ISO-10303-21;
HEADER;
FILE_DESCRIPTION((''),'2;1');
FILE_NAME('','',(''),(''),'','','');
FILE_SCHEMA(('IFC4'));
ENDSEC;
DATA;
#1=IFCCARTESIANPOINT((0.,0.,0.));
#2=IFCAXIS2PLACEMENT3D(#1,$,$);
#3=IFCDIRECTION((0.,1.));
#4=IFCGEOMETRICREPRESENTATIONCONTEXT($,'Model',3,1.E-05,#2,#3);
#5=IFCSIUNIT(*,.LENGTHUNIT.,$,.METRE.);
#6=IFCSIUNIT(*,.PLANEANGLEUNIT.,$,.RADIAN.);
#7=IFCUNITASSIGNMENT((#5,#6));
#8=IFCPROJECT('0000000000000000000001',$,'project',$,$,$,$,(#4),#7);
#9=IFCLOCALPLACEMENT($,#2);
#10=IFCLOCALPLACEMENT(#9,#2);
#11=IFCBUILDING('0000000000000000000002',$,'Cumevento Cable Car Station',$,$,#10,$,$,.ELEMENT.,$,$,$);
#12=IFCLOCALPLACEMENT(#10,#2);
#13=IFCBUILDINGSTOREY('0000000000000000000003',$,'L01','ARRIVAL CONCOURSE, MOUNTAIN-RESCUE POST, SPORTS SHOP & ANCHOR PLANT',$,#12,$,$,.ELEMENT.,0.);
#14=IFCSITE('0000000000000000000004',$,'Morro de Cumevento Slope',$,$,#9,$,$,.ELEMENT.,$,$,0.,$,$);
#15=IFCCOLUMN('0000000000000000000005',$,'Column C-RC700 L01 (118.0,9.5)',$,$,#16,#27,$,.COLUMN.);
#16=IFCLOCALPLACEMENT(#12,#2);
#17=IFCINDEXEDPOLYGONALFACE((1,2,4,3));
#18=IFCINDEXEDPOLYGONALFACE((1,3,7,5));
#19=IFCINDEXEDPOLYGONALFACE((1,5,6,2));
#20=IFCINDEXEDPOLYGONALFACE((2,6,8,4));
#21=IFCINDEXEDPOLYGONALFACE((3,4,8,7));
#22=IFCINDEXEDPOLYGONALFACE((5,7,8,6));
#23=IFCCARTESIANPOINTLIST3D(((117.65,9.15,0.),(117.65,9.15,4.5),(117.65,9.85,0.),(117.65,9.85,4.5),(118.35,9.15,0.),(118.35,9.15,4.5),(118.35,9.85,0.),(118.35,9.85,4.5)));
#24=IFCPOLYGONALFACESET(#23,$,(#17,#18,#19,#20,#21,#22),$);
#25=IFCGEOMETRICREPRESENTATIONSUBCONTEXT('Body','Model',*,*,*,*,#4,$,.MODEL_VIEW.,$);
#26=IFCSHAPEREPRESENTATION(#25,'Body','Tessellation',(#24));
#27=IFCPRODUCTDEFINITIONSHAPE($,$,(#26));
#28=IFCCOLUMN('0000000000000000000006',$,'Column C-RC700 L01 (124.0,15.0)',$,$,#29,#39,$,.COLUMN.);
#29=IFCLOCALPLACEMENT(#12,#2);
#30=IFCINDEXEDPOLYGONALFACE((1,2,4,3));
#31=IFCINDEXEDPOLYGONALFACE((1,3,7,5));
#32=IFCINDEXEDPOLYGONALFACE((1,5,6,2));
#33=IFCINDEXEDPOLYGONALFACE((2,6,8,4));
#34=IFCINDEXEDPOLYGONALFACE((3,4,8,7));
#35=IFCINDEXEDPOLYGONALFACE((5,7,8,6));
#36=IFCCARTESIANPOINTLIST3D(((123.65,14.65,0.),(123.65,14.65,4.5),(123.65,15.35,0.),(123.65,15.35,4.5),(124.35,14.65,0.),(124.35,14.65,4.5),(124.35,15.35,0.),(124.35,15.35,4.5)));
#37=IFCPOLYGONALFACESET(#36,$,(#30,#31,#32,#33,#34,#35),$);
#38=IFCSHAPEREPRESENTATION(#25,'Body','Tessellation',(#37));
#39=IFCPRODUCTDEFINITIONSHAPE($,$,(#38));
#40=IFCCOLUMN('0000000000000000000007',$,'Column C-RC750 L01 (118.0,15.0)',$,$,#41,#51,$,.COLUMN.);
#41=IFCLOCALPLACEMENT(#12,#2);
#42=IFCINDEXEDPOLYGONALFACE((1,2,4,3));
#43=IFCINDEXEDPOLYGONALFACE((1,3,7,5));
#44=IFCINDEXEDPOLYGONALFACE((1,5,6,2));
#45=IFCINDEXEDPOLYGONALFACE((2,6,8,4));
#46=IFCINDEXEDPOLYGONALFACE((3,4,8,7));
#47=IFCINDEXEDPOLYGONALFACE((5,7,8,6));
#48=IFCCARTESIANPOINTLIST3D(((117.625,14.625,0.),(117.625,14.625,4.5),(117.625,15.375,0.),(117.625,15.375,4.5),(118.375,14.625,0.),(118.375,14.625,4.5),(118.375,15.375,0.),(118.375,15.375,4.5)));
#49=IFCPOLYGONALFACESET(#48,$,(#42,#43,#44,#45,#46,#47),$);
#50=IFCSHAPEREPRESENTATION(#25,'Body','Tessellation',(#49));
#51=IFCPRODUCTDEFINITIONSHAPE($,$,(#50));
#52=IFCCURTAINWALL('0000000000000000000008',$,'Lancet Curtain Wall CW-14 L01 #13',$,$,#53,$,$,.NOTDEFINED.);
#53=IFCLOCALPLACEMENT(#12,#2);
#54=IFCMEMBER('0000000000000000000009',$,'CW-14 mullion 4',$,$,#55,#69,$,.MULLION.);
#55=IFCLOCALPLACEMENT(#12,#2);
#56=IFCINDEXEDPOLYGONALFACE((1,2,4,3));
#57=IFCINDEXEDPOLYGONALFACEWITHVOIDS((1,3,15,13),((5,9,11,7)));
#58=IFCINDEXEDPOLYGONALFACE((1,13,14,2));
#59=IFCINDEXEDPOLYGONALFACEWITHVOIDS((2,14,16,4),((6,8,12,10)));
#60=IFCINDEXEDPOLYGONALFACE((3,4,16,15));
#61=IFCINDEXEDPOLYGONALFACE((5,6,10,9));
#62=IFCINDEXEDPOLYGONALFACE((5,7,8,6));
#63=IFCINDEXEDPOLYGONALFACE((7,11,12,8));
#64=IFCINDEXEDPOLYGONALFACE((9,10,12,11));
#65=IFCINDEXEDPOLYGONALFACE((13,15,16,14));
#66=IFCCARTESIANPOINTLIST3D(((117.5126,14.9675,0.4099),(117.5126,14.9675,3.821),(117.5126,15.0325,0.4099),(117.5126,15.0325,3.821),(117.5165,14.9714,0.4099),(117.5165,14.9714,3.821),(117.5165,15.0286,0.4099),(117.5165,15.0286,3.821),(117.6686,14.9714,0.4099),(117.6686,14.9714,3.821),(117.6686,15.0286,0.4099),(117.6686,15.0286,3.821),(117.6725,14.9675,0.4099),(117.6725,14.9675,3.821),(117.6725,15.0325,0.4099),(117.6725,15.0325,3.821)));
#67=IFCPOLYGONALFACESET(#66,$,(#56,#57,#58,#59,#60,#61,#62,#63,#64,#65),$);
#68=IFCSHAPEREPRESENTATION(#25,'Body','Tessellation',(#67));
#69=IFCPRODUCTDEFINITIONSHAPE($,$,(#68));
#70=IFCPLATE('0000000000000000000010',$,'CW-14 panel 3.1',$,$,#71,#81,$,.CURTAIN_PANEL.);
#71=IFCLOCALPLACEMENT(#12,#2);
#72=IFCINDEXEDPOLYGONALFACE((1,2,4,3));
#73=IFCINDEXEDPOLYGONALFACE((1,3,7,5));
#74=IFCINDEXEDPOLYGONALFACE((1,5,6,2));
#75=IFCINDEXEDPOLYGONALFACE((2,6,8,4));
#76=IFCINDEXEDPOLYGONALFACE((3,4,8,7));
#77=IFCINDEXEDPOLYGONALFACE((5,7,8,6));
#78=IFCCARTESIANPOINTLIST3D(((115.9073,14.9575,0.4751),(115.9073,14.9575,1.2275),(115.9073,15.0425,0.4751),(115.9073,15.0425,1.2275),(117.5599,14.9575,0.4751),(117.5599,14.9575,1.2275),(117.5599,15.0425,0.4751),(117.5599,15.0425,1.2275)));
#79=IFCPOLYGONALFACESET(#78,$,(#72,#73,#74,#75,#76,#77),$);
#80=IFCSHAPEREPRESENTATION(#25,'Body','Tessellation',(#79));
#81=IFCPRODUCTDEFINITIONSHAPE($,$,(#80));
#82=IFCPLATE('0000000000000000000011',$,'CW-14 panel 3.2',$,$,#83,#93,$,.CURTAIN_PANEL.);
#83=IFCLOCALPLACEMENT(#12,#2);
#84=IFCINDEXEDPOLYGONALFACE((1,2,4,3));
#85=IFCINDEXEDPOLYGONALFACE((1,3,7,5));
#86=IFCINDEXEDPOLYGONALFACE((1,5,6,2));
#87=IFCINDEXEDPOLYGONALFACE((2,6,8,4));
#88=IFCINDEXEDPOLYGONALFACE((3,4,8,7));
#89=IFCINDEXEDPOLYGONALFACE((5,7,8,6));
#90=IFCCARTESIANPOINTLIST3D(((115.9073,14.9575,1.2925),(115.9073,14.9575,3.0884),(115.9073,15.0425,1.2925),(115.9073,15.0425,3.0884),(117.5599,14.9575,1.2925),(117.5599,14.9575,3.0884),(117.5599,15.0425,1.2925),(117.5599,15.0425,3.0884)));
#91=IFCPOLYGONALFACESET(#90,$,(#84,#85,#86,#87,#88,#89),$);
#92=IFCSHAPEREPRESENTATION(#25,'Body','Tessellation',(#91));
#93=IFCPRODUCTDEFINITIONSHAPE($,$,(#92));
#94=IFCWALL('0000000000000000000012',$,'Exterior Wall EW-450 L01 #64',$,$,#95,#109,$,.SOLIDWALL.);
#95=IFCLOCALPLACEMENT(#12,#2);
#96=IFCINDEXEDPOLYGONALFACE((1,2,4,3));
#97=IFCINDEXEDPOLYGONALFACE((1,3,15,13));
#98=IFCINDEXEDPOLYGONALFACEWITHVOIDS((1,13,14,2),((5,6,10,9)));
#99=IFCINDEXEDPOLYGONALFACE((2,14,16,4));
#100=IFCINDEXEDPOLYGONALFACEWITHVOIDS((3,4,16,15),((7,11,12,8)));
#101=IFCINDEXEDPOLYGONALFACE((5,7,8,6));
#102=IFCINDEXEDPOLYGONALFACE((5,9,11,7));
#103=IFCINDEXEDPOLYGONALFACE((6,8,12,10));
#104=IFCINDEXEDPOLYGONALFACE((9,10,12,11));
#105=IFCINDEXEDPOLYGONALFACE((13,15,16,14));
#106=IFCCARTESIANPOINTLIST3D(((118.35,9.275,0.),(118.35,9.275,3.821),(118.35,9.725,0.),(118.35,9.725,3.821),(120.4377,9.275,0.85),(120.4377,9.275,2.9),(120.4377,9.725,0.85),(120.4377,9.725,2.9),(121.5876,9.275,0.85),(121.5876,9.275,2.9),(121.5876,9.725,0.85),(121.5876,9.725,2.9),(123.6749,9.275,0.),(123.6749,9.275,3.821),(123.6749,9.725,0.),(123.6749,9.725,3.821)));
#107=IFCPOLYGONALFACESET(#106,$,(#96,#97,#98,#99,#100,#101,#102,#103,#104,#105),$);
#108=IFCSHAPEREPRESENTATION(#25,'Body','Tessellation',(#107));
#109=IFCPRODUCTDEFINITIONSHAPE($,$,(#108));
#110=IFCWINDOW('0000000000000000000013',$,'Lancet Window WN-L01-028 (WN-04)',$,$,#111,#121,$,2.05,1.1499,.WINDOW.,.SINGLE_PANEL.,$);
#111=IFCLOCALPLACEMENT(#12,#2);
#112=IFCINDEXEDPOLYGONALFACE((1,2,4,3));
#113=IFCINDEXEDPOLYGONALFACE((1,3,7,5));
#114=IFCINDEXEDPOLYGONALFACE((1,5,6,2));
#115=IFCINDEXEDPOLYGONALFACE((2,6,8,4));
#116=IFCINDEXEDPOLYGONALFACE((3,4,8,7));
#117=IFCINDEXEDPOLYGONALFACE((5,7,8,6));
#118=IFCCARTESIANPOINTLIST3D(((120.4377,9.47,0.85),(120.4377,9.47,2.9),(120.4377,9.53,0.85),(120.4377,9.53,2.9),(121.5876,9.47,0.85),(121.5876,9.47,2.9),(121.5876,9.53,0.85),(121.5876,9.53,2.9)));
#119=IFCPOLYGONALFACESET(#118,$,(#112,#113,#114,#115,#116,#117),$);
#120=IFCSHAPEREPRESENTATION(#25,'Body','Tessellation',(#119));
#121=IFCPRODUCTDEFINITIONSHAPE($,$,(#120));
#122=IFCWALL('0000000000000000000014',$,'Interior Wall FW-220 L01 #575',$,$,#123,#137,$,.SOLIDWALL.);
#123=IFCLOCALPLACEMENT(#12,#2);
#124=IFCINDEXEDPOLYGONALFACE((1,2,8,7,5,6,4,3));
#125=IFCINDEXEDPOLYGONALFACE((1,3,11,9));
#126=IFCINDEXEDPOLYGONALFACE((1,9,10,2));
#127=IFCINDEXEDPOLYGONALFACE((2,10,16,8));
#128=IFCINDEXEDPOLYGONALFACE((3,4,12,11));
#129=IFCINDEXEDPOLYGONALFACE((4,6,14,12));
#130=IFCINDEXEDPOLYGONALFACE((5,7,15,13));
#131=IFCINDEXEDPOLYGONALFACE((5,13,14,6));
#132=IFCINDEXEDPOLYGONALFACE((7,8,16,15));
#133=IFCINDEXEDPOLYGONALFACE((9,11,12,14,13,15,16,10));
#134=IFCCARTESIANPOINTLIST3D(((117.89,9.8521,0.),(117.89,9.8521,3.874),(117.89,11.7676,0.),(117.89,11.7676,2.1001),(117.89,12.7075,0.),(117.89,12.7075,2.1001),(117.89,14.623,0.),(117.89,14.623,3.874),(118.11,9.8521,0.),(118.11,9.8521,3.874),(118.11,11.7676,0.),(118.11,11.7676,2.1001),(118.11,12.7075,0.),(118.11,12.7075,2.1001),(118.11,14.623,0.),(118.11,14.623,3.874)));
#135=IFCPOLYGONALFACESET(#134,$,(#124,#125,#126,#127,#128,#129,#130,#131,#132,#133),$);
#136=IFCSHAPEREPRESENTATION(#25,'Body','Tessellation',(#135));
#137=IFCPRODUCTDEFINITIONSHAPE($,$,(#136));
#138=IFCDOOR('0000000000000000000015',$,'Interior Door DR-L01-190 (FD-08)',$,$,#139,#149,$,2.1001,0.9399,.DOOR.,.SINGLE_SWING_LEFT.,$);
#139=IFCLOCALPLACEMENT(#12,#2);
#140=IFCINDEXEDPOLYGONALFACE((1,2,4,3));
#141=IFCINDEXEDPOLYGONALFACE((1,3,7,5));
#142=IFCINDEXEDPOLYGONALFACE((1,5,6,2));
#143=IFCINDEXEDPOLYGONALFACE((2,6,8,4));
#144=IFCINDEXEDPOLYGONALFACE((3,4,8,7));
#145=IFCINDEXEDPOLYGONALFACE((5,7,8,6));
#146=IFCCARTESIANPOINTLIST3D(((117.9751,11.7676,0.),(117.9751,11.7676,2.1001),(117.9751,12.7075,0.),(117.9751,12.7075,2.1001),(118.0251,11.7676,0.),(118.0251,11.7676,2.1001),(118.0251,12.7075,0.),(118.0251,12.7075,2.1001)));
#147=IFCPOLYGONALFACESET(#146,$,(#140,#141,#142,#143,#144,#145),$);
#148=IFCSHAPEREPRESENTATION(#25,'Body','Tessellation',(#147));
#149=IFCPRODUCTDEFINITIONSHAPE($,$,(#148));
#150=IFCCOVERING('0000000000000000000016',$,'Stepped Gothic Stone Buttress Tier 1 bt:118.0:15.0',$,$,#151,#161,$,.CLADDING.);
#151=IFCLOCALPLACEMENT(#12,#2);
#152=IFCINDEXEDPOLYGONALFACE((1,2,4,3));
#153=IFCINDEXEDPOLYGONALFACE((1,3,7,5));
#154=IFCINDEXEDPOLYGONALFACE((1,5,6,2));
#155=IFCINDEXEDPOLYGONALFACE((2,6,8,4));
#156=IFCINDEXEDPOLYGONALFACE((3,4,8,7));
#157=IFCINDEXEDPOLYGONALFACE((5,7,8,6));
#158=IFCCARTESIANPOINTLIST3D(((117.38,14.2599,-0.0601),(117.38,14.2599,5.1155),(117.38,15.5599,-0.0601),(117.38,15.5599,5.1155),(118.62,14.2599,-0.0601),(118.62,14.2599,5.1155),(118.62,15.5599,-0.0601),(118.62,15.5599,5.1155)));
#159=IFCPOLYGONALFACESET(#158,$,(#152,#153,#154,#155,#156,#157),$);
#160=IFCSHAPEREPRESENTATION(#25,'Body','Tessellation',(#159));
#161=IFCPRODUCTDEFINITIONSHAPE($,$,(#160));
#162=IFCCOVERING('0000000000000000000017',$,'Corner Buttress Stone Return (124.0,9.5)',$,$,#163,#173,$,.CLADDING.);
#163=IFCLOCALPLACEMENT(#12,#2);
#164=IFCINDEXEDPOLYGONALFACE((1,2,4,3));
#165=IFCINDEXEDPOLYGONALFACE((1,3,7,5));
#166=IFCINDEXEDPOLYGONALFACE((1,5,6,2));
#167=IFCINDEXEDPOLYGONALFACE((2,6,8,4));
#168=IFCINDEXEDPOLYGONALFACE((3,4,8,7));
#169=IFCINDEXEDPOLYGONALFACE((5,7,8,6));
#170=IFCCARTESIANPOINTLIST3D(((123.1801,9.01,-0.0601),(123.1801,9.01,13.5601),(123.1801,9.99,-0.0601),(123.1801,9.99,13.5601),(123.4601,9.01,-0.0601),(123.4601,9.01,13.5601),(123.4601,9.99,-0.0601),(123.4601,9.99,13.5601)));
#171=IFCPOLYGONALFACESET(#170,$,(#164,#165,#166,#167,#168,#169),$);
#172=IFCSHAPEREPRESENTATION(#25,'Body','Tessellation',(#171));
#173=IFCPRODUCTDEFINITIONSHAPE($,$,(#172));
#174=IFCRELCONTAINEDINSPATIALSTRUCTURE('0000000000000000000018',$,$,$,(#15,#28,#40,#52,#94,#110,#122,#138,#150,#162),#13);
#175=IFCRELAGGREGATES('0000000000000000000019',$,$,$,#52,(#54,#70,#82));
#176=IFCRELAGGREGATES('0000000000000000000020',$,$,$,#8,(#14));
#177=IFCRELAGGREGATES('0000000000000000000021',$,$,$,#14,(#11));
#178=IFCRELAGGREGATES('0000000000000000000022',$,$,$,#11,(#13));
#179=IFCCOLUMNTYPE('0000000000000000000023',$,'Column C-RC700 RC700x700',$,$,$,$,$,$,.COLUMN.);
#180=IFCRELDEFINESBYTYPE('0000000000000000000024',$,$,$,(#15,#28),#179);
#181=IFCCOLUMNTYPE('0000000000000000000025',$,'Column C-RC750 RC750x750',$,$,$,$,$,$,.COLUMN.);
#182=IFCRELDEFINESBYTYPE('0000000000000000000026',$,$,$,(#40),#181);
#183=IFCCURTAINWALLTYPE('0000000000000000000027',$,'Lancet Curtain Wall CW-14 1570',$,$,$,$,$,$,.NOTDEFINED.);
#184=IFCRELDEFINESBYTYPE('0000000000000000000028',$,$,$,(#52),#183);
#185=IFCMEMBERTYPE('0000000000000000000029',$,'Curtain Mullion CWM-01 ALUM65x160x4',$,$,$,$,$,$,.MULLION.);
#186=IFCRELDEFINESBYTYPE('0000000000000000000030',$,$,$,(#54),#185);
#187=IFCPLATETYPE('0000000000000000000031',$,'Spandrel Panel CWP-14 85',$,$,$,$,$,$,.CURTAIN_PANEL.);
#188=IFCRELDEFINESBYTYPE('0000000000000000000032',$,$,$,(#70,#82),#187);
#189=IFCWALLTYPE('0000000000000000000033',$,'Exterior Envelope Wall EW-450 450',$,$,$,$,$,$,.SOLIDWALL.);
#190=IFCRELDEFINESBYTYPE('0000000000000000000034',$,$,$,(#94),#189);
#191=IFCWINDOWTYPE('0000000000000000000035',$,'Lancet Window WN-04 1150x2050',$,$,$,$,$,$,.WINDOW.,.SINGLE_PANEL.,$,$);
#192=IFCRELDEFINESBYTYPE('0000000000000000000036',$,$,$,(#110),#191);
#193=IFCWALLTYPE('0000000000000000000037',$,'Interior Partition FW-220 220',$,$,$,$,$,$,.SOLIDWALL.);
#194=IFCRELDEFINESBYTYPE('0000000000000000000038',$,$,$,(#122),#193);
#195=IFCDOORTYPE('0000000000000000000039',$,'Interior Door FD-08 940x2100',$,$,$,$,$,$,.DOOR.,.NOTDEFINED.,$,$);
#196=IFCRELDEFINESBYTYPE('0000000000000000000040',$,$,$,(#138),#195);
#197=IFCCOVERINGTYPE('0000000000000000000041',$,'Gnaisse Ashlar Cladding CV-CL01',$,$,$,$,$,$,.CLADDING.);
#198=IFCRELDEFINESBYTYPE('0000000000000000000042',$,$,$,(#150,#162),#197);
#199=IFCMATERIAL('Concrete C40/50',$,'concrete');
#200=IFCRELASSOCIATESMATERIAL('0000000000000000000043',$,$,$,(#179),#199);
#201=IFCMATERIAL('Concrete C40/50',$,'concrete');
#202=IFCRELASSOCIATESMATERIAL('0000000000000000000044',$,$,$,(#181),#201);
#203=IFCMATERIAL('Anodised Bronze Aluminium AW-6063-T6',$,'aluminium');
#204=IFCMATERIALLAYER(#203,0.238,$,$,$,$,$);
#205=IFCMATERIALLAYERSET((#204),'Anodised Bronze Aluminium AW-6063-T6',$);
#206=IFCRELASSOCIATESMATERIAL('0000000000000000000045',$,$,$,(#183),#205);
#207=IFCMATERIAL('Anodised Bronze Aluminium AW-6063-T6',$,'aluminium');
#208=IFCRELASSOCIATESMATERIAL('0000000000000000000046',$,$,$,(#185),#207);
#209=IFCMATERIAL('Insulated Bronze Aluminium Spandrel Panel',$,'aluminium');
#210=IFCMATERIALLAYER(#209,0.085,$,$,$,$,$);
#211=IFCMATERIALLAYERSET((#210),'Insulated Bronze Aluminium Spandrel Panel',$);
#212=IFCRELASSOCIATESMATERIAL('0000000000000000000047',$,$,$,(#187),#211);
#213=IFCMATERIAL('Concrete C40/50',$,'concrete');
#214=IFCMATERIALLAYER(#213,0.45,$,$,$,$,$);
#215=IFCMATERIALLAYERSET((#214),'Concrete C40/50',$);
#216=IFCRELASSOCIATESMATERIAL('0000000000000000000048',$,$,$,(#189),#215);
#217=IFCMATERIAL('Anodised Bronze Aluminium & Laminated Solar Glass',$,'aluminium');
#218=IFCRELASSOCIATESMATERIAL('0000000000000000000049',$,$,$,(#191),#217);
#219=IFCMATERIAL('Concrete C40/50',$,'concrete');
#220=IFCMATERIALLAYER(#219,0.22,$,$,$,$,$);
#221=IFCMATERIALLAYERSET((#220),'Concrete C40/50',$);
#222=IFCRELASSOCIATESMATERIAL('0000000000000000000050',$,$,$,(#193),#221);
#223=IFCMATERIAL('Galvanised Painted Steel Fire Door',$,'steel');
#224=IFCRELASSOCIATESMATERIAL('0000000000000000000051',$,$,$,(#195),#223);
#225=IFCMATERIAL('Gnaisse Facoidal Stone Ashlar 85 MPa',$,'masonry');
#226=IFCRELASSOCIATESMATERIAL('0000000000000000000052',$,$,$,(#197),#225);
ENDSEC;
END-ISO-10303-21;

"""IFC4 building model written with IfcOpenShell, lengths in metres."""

from ifc_helpers import new_model, si_unit, direction, frame, frame_2d, origin, origin_2d, place, context, subcontext, project, spatial, rectangle, hollow_rectangle, extrude, material, layer, layer_set, material_profile, profile_set, type_object, element, fill, aggregate, save


model = new_model("IFC4")

# Units and contexts
model_context = context("Model", 3, precision=1e-05, world=origin(), true_north=direction((0.0, 1.0)))
body_context = subcontext(model_context, "Body", "Model", "MODEL_VIEW")
ifc_project = project(units=[si_unit("LENGTHUNIT", "METRE"), si_unit("PLANEANGLEUNIT", "RADIAN")], contexts=[model_context])

# Site, building, storey
site_placement = place(None, origin())
site = spatial("IfcSite", under=ifc_project, at=site_placement, Name="Morro de Cumevento Slope", CompositionType="ELEMENT", RefElevation=0.0)
building_placement = place(site_placement, origin())
building = spatial("IfcBuilding", under=site, at=building_placement, Name="Cumevento Cable Car Station", CompositionType="ELEMENT")
storey_placement = place(building_placement, origin())
storey = spatial("IfcBuildingStorey", under=building, at=storey_placement, Name="L01", Description="ARRIVAL CONCOURSE, MOUNTAIN-RESCUE POST, SPORTS SHOP & ANCHOR PLANT", CompositionType="ELEMENT", Elevation=0.0)

# Columns
ifc_material_1 = material(Name="Concrete C40/50", Category="concrete")
ifc_material_profile_1 = material_profile(ifc_material_1, rectangle(XDim=0.7, YDim=0.7, at=origin_2d()), Name="RC700x700")
ifc_profile_set_1 = profile_set([ifc_material_profile_1], Name="Concrete C40/50")
column_type_1 = type_object("IfcColumnType", Name="Column C-RC700 RC700x700", PredefinedType="COLUMN", material=ifc_profile_set_1)
for number, where, z_axis, x_axis, name in (
    (1, (118.0, 9.5, 0.0), (0.0, 0.0, 1.0), (1.0, 0.0, 0.0), "Column C-RC700 L01 (118.0,9.5)"),
    (2, (124.0, 15.0, 0.0), (0.0, 0.0, 1.0), (1.0, 0.0, 0.0), "Column C-RC700 L01 (124.0,15.0)"),
):
    element("IfcColumn", number, at=place(storey_placement, frame(where, z_axis=z_axis, x_axis=x_axis)), inside=storey, type_object=column_type_1, Name=name, PredefinedType="COLUMN", context=body_context, shape_type="SweptSolid", body=[
        extrude(rectangle(XDim=0.7, YDim=0.7, at=origin_2d()), origin(), (0.0, 0.0, 1.0), 4.5),
    ])
ifc_material_2 = material(Name="Concrete C40/50", Category="concrete")
ifc_material_profile_2 = material_profile(ifc_material_2, rectangle(XDim=0.75, YDim=0.75, at=origin_2d()), Name="RC750x750")
ifc_profile_set_2 = profile_set([ifc_material_profile_2], Name="Concrete C40/50")
column_type_2 = type_object("IfcColumnType", Name="Column C-RC750 RC750x750", PredefinedType="COLUMN", material=ifc_profile_set_2)
column_1_placement = place(storey_placement, frame((118.0, 15.0, 0.0), z_axis=(0.0, 0.0, 1.0), x_axis=(1.0, 0.0, 0.0)))
element("IfcColumn", 3, at=column_1_placement, inside=storey, type_object=column_type_2, Name="Column C-RC750 L01 (118.0,15.0)", PredefinedType="COLUMN", context=body_context, shape_type="SweptSolid", body=[
    extrude(rectangle(XDim=0.75, YDim=0.75, at=origin_2d()), origin(), (0.0, 0.0, 1.0), 4.5),
])

# Curtain wall, member, plates
ifc_material_3 = material(Name="Anodised Bronze Aluminium AW-6063-T6", Category="aluminium")
ifc_layer_1 = layer(ifc_material_3, 0.238)
ifc_layer_set_1 = layer_set([ifc_layer_1], Name="Anodised Bronze Aluminium AW-6063-T6")
curtain_wall_type = type_object("IfcCurtainWallType", Name="Lancet Curtain Wall CW-14 1570", PredefinedType="NOTDEFINED", material=ifc_layer_set_1)
curtain_wall_placement = place(storey_placement, origin())
curtain_wall = element("IfcCurtainWall", 4, at=curtain_wall_placement, inside=storey, type_object=curtain_wall_type, Name="Lancet Curtain Wall CW-14 L01 #13", PredefinedType="NOTDEFINED")
ifc_material_4 = material(Name="Anodised Bronze Aluminium AW-6063-T6", Category="aluminium")
ifc_material_profile_3 = material_profile(ifc_material_4, hollow_rectangle(XDim=0.0649, YDim=0.1599, WallThickness=0.0039, at=origin_2d()), Name="ALUM65x160x4")
ifc_profile_set_3 = profile_set([ifc_material_profile_3], Name="Anodised Bronze Aluminium AW-6063-T6")
member_type = type_object("IfcMemberType", Name="Curtain Mullion CWM-01 ALUM65x160x4", PredefinedType="MULLION", material=ifc_profile_set_3)
member_placement = place(storey_placement, frame((117.5925, 15.0, 0.4099), z_axis=(0.0, 0.0, 1.0), x_axis=(0.0, 1.0, 0.0)))
member = element("IfcMember", 5, at=member_placement, type_object=member_type, Name="CW-14 mullion 4", PredefinedType="MULLION", context=body_context, shape_type="SweptSolid", body=[
    extrude(hollow_rectangle(XDim=0.0649, YDim=0.1599, WallThickness=0.0039, at=origin_2d()), origin(), (0.0, 0.0, 1.0), 3.4111),
])
ifc_material_5 = material(Name="Insulated Bronze Aluminium Spandrel Panel", Category="aluminium")
ifc_layer_2 = layer(ifc_material_5, 0.085)
ifc_layer_set_2 = layer_set([ifc_layer_2], Name="Insulated Bronze Aluminium Spandrel Panel")
plate_type = type_object("IfcPlateType", Name="Spandrel Panel CWP-14 85", PredefinedType="CURTAIN_PANEL", material=ifc_layer_set_2)
plate_1_placement = place(storey_placement, frame((116.7336, 15.0, 0.4751), z_axis=(0.0, 0.0, 1.0), x_axis=(1.0, 0.0, 0.0)))
plate_1 = element("IfcPlate", 6, at=plate_1_placement, type_object=plate_type, Name="CW-14 panel 3.1", PredefinedType="CURTAIN_PANEL", context=body_context, shape_type="SweptSolid", body=[
    extrude(rectangle(XDim=1.6526, YDim=0.085, at=origin_2d()), origin(), (0.0, 0.0, 1.0), 0.7524),
])
plate_2_placement = place(storey_placement, frame((116.7336, 15.0, 1.2925), z_axis=(0.0, 0.0, 1.0), x_axis=(1.0, 0.0, 0.0)))
plate_2 = element("IfcPlate", 7, at=plate_2_placement, type_object=plate_type, Name="CW-14 panel 3.2", PredefinedType="CURTAIN_PANEL", context=body_context, shape_type="SweptSolid", body=[
    extrude(rectangle(XDim=1.6526, YDim=0.085, at=origin_2d()), origin(), (0.0, 0.0, 1.0), 1.7959),
])
aggregate(curtain_wall, [member, plate_1, plate_2])

# Wall, opening, window
ifc_material_6 = material(Name="Concrete C40/50", Category="concrete")
ifc_layer_3 = layer(ifc_material_6, 0.45)
ifc_layer_set_3 = layer_set([ifc_layer_3], Name="Concrete C40/50")
wall_type_1 = type_object("IfcWallType", Name="Exterior Envelope Wall EW-450 450", PredefinedType="SOLIDWALL", material=ifc_layer_set_3)
wall_1_placement = place(storey_placement, frame((123.675, 9.5, 0.0), z_axis=(0.0, 0.0, 1.0), x_axis=(-1.0, 0.0, 0.0)))
wall_1 = element("IfcWall", 8, at=wall_1_placement, inside=storey, type_object=wall_type_1, Name="Exterior Wall EW-450 L01 #64", PredefinedType="SOLIDWALL", context=body_context, shape_type="SweptSolid", body=[
    extrude(rectangle(XDim=5.325, YDim=0.45, at=frame_2d((2.6626, 0.0))), origin(), (0.0, 0.0, 1.0), 3.821),
])
opening_1_placement = place(wall_1_placement, frame((2.0874, 0.0, 0.8501)))
opening_1 = element("IfcOpeningElement", 9, at=opening_1_placement, cuts=wall_1, PredefinedType="OPENING", context=body_context, shape_type="SweptSolid", body=[
    extrude(rectangle(XDim=1.1499, YDim=2.05, at=frame_2d((0.575, 1.0249))), frame((0.0, 0.2351, 0.0), z_axis=(0.0, -1.0, 0.0), x_axis=(1.0, 0.0, 0.0)), (0.0, 0.0, 1.0), 0.47),
])
ifc_material_7 = material(Name="Anodised Bronze Aluminium & Laminated Solar Glass", Category="aluminium")
window_type = type_object("IfcWindowType", Name="Lancet Window WN-04 1150x2050", PartitioningType="SINGLE_PANEL", PredefinedType="WINDOW", material=ifc_material_7)
window_placement = place(opening_1_placement, origin())
window = element("IfcWindow", 10, at=window_placement, inside=storey, type_object=window_type, Name="Lancet Window WN-L01-028 (WN-04)", OverallHeight=2.05, OverallWidth=1.1499, PartitioningType="SINGLE_PANEL", PredefinedType="WINDOW", context=body_context, shape_type="SweptSolid", body=[
    extrude(rectangle(XDim=1.1499, YDim=2.05, at=frame_2d((0.575, 1.0249))), frame((0.0, 0.03, 0.0), z_axis=(0.0, -1.0, 0.0), x_axis=(1.0, 0.0, 0.0)), (0.0, 0.0, 1.0), 0.0601),
])
fill(opening_1, window)

# Wall, opening, door
ifc_material_8 = material(Name="Concrete C40/50", Category="concrete")
ifc_layer_4 = layer(ifc_material_8, 0.22)
ifc_layer_set_4 = layer_set([ifc_layer_4], Name="Concrete C40/50")
wall_type_2 = type_object("IfcWallType", Name="Interior Partition FW-220 220", PredefinedType="SOLIDWALL", material=ifc_layer_set_4)
wall_2_placement = place(storey_placement, frame((118.0, 9.8521, 0.0), z_axis=(0.0, 0.0, 1.0), x_axis=(0.0, 1.0, 0.0)))
wall_2 = element("IfcWall", 11, at=wall_2_placement, inside=storey, type_object=wall_type_2, Name="Interior Wall FW-220 L01 #575", PredefinedType="SOLIDWALL", context=body_context, shape_type="SweptSolid", body=[
    extrude(rectangle(XDim=4.771, YDim=0.22, at=frame_2d((2.3855, 0.0))), origin(), (0.0, 0.0, 1.0), 3.874),
])
opening_2_placement = place(wall_2_placement, frame((1.9155, 0.0, 0.0)))
opening_2 = element("IfcOpeningElement", 12, at=opening_2_placement, cuts=wall_2, PredefinedType="OPENING", context=body_context, shape_type="SweptSolid", body=[
    extrude(rectangle(XDim=0.9399, YDim=2.1001, at=frame_2d((0.47, 1.05))), frame((0.0, 0.1199, 0.0), z_axis=(0.0, -1.0, 0.0), x_axis=(1.0, 0.0, 0.0)), (0.0, 0.0, 1.0), 0.24),
])
ifc_material_9 = material(Name="Galvanised Painted Steel Fire Door", Category="steel")
door_type = type_object("IfcDoorType", Name="Interior Door FD-08 940x2100", OperationType="NOTDEFINED", PredefinedType="DOOR", material=ifc_material_9)
door_placement = place(opening_2_placement, origin())
door = element("IfcDoor", 13, at=door_placement, inside=storey, type_object=door_type, Name="Interior Door DR-L01-190 (FD-08)", OperationType="SINGLE_SWING_LEFT", OverallHeight=2.1001, OverallWidth=0.9399, PredefinedType="DOOR", context=body_context, shape_type="SweptSolid", body=[
    extrude(rectangle(XDim=0.9399, YDim=2.1001, at=frame_2d((0.47, 1.05))), frame((0.0, 0.0249, 0.0), z_axis=(0.0, -1.0, 0.0), x_axis=(1.0, 0.0, 0.0)), (0.0, 0.0, 1.0), 0.05),
])
fill(opening_2, door)

# Coverings
ifc_material_10 = material(Name="Gnaisse Facoidal Stone Ashlar 85 MPa", Category="masonry")
covering_type = type_object("IfcCoveringType", Name="Gnaisse Ashlar Cladding CV-CL01", PredefinedType="CLADDING", material=ifc_material_10)
covering_1_placement = place(storey_placement, frame((118.0, 14.9099, -0.0601), z_axis=(0.0, 0.0, 1.0), x_axis=(1.0, 0.0, 0.0)))
element("IfcCovering", 14, at=covering_1_placement, inside=storey, type_object=covering_type, Name="Stepped Gothic Stone Buttress Tier 1 bt:118.0:15.0", PredefinedType="CLADDING", context=body_context, shape_type="SweptSolid", body=[
    extrude(rectangle(XDim=1.24, YDim=1.3, at=origin_2d()), origin(), (0.0, 0.0, 1.0), 5.1755),
])
covering_2_placement = place(storey_placement, frame((123.3201, 9.5, -0.0601), z_axis=(0.0, 0.0, 1.0), x_axis=(1.0, 0.0, 0.0)))
element("IfcCovering", 15, at=covering_2_placement, inside=storey, type_object=covering_type, Name="Corner Buttress Stone Return (124.0,9.5)", PredefinedType="CLADDING", context=body_context, shape_type="SweptSolid", body=[
    extrude(rectangle(XDim=0.28, YDim=0.98, at=origin_2d()), origin(), (0.0, 0.0, 1.0), 13.6201),
])

save(model, "model.ifc")
